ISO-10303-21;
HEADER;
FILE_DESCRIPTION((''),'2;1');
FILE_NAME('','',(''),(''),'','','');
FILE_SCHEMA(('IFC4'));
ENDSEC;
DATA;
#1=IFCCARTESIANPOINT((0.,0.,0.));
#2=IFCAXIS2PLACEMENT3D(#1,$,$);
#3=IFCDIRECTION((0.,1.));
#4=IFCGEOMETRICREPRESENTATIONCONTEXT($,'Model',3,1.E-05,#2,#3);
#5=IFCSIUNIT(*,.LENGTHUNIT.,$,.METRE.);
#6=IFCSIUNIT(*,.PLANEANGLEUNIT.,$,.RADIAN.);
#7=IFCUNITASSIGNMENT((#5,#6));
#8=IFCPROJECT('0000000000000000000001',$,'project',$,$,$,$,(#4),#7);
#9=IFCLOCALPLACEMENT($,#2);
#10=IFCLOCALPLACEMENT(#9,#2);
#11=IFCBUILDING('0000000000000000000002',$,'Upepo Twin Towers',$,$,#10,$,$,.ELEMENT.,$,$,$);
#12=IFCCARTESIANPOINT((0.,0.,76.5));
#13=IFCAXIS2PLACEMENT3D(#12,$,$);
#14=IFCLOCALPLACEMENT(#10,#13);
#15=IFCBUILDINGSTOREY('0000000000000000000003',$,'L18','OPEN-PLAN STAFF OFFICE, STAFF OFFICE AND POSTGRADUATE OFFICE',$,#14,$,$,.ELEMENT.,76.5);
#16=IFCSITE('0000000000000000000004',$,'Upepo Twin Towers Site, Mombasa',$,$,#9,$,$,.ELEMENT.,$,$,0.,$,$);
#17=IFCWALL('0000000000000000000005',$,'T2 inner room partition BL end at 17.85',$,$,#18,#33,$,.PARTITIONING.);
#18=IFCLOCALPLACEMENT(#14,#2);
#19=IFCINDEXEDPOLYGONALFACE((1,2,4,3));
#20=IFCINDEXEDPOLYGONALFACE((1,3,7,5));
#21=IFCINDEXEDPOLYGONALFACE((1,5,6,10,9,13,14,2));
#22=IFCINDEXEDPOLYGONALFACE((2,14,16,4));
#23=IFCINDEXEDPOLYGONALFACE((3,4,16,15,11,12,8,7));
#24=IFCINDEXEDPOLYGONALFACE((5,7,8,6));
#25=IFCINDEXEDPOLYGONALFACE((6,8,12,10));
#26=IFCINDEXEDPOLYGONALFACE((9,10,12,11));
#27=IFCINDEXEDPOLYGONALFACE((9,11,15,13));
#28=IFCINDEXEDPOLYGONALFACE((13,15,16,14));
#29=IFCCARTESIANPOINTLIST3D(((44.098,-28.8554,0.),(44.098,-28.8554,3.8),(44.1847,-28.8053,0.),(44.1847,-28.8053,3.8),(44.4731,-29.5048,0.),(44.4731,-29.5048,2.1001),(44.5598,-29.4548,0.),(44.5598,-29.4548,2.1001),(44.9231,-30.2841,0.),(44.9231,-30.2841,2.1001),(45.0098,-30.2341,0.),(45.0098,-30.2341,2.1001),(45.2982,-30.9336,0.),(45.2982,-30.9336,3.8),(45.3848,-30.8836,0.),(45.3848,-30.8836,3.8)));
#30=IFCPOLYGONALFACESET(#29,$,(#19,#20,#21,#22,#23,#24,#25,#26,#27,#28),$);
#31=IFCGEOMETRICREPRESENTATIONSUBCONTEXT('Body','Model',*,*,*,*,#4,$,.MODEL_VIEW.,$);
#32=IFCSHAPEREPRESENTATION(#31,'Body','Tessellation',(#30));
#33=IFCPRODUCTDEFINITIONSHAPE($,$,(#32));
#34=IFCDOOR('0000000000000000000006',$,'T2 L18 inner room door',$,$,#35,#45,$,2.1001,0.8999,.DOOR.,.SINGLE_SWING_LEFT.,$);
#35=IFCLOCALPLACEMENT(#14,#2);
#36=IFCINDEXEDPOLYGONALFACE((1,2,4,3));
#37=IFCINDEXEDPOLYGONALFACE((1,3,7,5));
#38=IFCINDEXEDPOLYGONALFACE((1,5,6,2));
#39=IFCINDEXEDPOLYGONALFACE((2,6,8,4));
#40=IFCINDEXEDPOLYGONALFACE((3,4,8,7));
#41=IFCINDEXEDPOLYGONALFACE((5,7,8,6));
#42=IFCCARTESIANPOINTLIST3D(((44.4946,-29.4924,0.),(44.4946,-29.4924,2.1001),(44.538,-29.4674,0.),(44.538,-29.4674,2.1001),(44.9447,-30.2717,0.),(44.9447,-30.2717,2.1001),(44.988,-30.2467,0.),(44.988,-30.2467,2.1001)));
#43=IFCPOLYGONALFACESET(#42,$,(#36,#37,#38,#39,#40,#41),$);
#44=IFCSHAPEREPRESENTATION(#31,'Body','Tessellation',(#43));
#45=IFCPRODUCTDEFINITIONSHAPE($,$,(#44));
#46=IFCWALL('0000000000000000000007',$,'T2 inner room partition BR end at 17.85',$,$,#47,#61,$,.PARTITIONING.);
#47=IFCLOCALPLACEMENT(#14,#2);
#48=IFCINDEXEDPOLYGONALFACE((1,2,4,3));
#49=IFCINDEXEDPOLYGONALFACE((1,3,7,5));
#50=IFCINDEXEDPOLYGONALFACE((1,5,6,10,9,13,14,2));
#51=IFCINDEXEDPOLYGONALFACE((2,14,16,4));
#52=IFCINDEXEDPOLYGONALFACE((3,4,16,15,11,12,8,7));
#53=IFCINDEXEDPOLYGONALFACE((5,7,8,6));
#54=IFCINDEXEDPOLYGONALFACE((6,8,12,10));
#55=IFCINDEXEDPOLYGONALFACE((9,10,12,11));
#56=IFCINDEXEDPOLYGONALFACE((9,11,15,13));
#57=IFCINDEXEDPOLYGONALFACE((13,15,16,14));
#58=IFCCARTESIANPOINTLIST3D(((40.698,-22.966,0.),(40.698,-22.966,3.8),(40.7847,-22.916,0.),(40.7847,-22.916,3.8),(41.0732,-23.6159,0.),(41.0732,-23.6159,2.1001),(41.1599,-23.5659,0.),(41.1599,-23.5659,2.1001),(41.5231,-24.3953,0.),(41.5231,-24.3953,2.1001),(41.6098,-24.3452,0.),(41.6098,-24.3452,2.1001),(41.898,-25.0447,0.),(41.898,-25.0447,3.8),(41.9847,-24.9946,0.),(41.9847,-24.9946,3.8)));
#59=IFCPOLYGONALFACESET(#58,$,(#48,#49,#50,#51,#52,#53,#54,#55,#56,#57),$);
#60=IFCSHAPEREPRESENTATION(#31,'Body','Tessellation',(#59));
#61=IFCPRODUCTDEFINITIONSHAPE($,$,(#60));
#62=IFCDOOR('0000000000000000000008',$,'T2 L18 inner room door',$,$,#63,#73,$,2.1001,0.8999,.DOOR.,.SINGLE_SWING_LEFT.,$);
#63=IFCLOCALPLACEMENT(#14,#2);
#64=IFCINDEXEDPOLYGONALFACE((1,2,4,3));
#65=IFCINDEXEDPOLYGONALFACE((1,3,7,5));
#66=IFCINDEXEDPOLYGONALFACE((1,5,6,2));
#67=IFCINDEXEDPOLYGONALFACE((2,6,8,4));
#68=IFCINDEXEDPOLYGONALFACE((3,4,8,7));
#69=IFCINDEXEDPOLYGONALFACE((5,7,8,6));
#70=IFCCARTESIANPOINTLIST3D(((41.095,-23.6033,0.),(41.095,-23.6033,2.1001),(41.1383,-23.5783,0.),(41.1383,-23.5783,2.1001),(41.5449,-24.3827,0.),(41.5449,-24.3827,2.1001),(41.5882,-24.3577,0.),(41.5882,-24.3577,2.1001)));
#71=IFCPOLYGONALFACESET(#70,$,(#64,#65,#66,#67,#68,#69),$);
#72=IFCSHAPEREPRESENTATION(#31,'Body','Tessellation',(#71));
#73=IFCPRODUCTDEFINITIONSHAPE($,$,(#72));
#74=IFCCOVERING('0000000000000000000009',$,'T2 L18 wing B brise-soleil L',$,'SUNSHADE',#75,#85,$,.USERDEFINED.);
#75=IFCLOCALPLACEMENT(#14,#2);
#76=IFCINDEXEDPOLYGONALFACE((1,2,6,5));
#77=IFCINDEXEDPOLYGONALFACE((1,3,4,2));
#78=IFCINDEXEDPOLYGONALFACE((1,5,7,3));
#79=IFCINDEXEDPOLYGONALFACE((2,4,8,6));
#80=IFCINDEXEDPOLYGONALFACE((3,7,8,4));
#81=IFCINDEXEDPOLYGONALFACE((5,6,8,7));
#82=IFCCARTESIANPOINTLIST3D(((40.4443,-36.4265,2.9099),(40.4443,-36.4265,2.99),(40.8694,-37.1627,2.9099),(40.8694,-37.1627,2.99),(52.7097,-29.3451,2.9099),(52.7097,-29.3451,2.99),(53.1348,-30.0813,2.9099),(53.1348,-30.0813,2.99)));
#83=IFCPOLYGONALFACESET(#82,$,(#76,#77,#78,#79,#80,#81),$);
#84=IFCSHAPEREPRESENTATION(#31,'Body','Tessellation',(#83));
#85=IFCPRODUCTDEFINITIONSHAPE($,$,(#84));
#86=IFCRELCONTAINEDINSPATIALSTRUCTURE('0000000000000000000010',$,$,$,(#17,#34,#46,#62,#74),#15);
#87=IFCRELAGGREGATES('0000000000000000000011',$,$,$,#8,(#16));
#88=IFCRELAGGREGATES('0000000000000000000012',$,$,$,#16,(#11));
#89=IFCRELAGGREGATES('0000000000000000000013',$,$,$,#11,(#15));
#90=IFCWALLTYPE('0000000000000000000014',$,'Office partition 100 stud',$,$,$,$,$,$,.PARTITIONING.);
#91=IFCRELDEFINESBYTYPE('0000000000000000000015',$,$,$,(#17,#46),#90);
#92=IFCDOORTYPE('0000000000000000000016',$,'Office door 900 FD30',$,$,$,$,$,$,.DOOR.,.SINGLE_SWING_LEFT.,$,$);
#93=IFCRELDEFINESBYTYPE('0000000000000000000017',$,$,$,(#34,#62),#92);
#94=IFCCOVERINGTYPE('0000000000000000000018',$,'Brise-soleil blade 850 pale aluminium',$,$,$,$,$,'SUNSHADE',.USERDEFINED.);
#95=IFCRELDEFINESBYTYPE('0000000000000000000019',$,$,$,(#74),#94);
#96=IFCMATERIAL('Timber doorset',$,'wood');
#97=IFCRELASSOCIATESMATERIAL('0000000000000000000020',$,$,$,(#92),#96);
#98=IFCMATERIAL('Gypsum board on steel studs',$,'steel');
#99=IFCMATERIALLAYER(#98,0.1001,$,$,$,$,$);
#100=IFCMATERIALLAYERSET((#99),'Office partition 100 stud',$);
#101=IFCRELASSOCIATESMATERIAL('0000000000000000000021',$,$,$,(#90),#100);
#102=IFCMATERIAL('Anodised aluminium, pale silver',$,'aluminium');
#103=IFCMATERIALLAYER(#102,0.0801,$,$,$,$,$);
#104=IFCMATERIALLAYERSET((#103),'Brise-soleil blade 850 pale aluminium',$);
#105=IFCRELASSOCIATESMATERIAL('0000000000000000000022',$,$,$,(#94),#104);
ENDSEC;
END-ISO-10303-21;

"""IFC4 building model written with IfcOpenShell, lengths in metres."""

from ifc_helpers import new_model, si_unit, direction, frame, frame_2d, origin, origin_2d, place, context, subcontext, project, spatial, rectangle, extrude, material, layer, layer_set, type_object, element, fill, save


model = new_model("IFC4")

# Units and contexts
model_context = context("Model", 3, precision=1e-05, world=origin(), true_north=direction((0.0, 1.0)))
body_context = subcontext(model_context, "Body", "Model", "MODEL_VIEW")
ifc_project = project(units=[si_unit("LENGTHUNIT", "METRE"), si_unit("PLANEANGLEUNIT", "RADIAN")], contexts=[model_context])

# Site, building, storey
site_placement = place(None, origin())
site = spatial("IfcSite", under=ifc_project, at=site_placement, Name="Upepo Twin Towers Site, Mombasa", CompositionType="ELEMENT", RefElevation=0.0)
building_placement = place(site_placement, origin())
building = spatial("IfcBuilding", under=site, at=building_placement, Name="Upepo Twin Towers", CompositionType="ELEMENT")
storey_placement = place(building_placement, frame((0.0, 0.0, 76.5)))
storey = spatial("IfcBuildingStorey", under=building, at=storey_placement, Name="L18", Description="OPEN-PLAN STAFF OFFICE, STAFF OFFICE AND POSTGRADUATE OFFICE", CompositionType="ELEMENT", Elevation=76.5)

# Shared definitions
ifc_material_1 = material(Name="Timber doorset", Category="wood")
door_type = type_object("IfcDoorType", Name="Office door 900 FD30", OperationType="SINGLE_SWING_LEFT", PredefinedType="DOOR", material=ifc_material_1)

# Shared definitions
ifc_material_2 = material(Name="Gypsum board on steel studs", Category="steel")
ifc_layer_1 = layer(ifc_material_2, 0.1001)
ifc_layer_set_1 = layer_set([ifc_layer_1], Name="Office partition 100 stud")
wall_type_1 = type_object("IfcWallType", Name="Office partition 100 stud", PredefinedType="PARTITIONING", material=ifc_layer_set_1)

# Walls, openings, doors
wall_1_placement = place(storey_placement, frame((44.1414, -28.8303, 0.0), z_axis=(0.0, 0.0, 1.0), x_axis=(0.500078, -0.865981, 0.0)))
wall_1 = element("IfcWall", 1, at=wall_1_placement, inside=storey, type_object=wall_type_1, Name="T2 inner room partition BL end at 17.85", PredefinedType="PARTITIONING", context=body_context, shape_type="SweptSolid", body=[
    extrude(rectangle(XDim=2.3999, YDim=0.1001, at=frame_2d((1.2, 0.0))), origin(), (0.0, 0.0, 1.0), 3.8),
])
opening_1_placement = place(wall_1_placement, frame((0.75, 0.0, 0.0)))
opening_1 = element("IfcOpeningElement", 2, at=opening_1_placement, cuts=wall_1, PredefinedType="OPENING", context=body_context, shape_type="SweptSolid", body=[
    extrude(rectangle(XDim=0.8999, YDim=2.1001, at=frame_2d((0.45, 1.05))), frame((0.0, 0.0601, 0.0), z_axis=(0.0, -1.0, 0.0), x_axis=(1.0, 0.0, 0.0)), (0.0, 0.0, 1.0), 0.1201),
])
door_1_placement = place(opening_1_placement, origin())
door_1 = element("IfcDoor", 3, at=door_1_placement, inside=storey, type_object=door_type, Name="T2 L18 inner room door", OperationType="SINGLE_SWING_LEFT", OverallHeight=2.1001, OverallWidth=0.8999, PredefinedType="DOOR", context=body_context, shape_type="SweptSolid", body=[
    extrude(rectangle(XDim=0.8999, YDim=2.1001, at=frame_2d((0.45, 1.05))), frame((0.0, 0.0249, 0.0), z_axis=(0.0, -1.0, 0.0), x_axis=(1.0, 0.0, 0.0)), (0.0, 0.0, 1.0), 0.05),
])
fill(opening_1, door_1)
wall_2_placement = place(storey_placement, frame((41.9414, -25.0198, 0.0), z_axis=(0.0, 0.0, 1.0), x_axis=(-0.499957, 0.86605, 0.0)))
wall_2 = element("IfcWall", 4, at=wall_2_placement, inside=storey, type_object=wall_type_1, Name="T2 inner room partition BR end at 17.85", PredefinedType="PARTITIONING", context=body_context, shape_type="SweptSolid", body=[
    extrude(rectangle(XDim=2.4001, YDim=0.1001, at=frame_2d((1.2002, 0.0))), origin(), (0.0, 0.0, 1.0), 3.8),
])
opening_2_placement = place(wall_2_placement, frame((0.75, 0.0, 0.0)))
opening_2 = element("IfcOpeningElement", 5, at=opening_2_placement, cuts=wall_2, PredefinedType="OPENING", context=body_context, shape_type="SweptSolid", body=[
    extrude(rectangle(XDim=0.8999, YDim=2.1001, at=frame_2d((0.45, 1.05))), frame((0.0, 0.0601, 0.0), z_axis=(0.0, -1.0, 0.0), x_axis=(1.0, 0.0, 0.0)), (0.0, 0.0, 1.0), 0.1201),
])
door_2_placement = place(opening_2_placement, origin())
door_2 = element("IfcDoor", 6, at=door_2_placement, inside=storey, type_object=door_type, Name="T2 L18 inner room door", OperationType="SINGLE_SWING_LEFT", OverallHeight=2.1001, OverallWidth=0.8999, PredefinedType="DOOR", context=body_context, shape_type="SweptSolid", body=[
    extrude(rectangle(XDim=0.8999, YDim=2.1001, at=frame_2d((0.45, 1.05))), frame((0.0, 0.0249, 0.0), z_axis=(0.0, -1.0, 0.0), x_axis=(1.0, 0.0, 0.0)), (0.0, 0.0, 1.0), 0.05),
])
fill(opening_2, door_2)

# Covering
ifc_material_3 = material(Name="Anodised aluminium, pale silver", Category="aluminium")
ifc_layer_2 = layer(ifc_material_3, 0.0801)
ifc_layer_set_2 = layer_set([ifc_layer_2], Name="Brise-soleil blade 850 pale aluminium")
covering_type = type_object("IfcCoveringType", Name="Brise-soleil blade 850 pale aluminium", ElementType="SUNSHADE", PredefinedType="USERDEFINED", material=ifc_layer_set_2)
covering_placement = place(storey_placement, frame((46.7896, -33.2539, 2.9099), z_axis=(0.0, 0.0, 1.0), x_axis=(-0.866025, -0.5, 0.0)))
element("IfcCovering", 7, at=covering_placement, inside=storey, type_object=covering_type, Name="T2 L18 wing B brise-soleil L", ObjectType="SUNSHADE", PredefinedType="USERDEFINED", context=body_context, shape_type="SweptSolid", body=[
    extrude(rectangle(XDim=14.1628, YDim=0.8501, at=origin_2d()), origin(), (0.0, 0.0, 1.0), 0.0801),
])

save(model, "model.ifc")
